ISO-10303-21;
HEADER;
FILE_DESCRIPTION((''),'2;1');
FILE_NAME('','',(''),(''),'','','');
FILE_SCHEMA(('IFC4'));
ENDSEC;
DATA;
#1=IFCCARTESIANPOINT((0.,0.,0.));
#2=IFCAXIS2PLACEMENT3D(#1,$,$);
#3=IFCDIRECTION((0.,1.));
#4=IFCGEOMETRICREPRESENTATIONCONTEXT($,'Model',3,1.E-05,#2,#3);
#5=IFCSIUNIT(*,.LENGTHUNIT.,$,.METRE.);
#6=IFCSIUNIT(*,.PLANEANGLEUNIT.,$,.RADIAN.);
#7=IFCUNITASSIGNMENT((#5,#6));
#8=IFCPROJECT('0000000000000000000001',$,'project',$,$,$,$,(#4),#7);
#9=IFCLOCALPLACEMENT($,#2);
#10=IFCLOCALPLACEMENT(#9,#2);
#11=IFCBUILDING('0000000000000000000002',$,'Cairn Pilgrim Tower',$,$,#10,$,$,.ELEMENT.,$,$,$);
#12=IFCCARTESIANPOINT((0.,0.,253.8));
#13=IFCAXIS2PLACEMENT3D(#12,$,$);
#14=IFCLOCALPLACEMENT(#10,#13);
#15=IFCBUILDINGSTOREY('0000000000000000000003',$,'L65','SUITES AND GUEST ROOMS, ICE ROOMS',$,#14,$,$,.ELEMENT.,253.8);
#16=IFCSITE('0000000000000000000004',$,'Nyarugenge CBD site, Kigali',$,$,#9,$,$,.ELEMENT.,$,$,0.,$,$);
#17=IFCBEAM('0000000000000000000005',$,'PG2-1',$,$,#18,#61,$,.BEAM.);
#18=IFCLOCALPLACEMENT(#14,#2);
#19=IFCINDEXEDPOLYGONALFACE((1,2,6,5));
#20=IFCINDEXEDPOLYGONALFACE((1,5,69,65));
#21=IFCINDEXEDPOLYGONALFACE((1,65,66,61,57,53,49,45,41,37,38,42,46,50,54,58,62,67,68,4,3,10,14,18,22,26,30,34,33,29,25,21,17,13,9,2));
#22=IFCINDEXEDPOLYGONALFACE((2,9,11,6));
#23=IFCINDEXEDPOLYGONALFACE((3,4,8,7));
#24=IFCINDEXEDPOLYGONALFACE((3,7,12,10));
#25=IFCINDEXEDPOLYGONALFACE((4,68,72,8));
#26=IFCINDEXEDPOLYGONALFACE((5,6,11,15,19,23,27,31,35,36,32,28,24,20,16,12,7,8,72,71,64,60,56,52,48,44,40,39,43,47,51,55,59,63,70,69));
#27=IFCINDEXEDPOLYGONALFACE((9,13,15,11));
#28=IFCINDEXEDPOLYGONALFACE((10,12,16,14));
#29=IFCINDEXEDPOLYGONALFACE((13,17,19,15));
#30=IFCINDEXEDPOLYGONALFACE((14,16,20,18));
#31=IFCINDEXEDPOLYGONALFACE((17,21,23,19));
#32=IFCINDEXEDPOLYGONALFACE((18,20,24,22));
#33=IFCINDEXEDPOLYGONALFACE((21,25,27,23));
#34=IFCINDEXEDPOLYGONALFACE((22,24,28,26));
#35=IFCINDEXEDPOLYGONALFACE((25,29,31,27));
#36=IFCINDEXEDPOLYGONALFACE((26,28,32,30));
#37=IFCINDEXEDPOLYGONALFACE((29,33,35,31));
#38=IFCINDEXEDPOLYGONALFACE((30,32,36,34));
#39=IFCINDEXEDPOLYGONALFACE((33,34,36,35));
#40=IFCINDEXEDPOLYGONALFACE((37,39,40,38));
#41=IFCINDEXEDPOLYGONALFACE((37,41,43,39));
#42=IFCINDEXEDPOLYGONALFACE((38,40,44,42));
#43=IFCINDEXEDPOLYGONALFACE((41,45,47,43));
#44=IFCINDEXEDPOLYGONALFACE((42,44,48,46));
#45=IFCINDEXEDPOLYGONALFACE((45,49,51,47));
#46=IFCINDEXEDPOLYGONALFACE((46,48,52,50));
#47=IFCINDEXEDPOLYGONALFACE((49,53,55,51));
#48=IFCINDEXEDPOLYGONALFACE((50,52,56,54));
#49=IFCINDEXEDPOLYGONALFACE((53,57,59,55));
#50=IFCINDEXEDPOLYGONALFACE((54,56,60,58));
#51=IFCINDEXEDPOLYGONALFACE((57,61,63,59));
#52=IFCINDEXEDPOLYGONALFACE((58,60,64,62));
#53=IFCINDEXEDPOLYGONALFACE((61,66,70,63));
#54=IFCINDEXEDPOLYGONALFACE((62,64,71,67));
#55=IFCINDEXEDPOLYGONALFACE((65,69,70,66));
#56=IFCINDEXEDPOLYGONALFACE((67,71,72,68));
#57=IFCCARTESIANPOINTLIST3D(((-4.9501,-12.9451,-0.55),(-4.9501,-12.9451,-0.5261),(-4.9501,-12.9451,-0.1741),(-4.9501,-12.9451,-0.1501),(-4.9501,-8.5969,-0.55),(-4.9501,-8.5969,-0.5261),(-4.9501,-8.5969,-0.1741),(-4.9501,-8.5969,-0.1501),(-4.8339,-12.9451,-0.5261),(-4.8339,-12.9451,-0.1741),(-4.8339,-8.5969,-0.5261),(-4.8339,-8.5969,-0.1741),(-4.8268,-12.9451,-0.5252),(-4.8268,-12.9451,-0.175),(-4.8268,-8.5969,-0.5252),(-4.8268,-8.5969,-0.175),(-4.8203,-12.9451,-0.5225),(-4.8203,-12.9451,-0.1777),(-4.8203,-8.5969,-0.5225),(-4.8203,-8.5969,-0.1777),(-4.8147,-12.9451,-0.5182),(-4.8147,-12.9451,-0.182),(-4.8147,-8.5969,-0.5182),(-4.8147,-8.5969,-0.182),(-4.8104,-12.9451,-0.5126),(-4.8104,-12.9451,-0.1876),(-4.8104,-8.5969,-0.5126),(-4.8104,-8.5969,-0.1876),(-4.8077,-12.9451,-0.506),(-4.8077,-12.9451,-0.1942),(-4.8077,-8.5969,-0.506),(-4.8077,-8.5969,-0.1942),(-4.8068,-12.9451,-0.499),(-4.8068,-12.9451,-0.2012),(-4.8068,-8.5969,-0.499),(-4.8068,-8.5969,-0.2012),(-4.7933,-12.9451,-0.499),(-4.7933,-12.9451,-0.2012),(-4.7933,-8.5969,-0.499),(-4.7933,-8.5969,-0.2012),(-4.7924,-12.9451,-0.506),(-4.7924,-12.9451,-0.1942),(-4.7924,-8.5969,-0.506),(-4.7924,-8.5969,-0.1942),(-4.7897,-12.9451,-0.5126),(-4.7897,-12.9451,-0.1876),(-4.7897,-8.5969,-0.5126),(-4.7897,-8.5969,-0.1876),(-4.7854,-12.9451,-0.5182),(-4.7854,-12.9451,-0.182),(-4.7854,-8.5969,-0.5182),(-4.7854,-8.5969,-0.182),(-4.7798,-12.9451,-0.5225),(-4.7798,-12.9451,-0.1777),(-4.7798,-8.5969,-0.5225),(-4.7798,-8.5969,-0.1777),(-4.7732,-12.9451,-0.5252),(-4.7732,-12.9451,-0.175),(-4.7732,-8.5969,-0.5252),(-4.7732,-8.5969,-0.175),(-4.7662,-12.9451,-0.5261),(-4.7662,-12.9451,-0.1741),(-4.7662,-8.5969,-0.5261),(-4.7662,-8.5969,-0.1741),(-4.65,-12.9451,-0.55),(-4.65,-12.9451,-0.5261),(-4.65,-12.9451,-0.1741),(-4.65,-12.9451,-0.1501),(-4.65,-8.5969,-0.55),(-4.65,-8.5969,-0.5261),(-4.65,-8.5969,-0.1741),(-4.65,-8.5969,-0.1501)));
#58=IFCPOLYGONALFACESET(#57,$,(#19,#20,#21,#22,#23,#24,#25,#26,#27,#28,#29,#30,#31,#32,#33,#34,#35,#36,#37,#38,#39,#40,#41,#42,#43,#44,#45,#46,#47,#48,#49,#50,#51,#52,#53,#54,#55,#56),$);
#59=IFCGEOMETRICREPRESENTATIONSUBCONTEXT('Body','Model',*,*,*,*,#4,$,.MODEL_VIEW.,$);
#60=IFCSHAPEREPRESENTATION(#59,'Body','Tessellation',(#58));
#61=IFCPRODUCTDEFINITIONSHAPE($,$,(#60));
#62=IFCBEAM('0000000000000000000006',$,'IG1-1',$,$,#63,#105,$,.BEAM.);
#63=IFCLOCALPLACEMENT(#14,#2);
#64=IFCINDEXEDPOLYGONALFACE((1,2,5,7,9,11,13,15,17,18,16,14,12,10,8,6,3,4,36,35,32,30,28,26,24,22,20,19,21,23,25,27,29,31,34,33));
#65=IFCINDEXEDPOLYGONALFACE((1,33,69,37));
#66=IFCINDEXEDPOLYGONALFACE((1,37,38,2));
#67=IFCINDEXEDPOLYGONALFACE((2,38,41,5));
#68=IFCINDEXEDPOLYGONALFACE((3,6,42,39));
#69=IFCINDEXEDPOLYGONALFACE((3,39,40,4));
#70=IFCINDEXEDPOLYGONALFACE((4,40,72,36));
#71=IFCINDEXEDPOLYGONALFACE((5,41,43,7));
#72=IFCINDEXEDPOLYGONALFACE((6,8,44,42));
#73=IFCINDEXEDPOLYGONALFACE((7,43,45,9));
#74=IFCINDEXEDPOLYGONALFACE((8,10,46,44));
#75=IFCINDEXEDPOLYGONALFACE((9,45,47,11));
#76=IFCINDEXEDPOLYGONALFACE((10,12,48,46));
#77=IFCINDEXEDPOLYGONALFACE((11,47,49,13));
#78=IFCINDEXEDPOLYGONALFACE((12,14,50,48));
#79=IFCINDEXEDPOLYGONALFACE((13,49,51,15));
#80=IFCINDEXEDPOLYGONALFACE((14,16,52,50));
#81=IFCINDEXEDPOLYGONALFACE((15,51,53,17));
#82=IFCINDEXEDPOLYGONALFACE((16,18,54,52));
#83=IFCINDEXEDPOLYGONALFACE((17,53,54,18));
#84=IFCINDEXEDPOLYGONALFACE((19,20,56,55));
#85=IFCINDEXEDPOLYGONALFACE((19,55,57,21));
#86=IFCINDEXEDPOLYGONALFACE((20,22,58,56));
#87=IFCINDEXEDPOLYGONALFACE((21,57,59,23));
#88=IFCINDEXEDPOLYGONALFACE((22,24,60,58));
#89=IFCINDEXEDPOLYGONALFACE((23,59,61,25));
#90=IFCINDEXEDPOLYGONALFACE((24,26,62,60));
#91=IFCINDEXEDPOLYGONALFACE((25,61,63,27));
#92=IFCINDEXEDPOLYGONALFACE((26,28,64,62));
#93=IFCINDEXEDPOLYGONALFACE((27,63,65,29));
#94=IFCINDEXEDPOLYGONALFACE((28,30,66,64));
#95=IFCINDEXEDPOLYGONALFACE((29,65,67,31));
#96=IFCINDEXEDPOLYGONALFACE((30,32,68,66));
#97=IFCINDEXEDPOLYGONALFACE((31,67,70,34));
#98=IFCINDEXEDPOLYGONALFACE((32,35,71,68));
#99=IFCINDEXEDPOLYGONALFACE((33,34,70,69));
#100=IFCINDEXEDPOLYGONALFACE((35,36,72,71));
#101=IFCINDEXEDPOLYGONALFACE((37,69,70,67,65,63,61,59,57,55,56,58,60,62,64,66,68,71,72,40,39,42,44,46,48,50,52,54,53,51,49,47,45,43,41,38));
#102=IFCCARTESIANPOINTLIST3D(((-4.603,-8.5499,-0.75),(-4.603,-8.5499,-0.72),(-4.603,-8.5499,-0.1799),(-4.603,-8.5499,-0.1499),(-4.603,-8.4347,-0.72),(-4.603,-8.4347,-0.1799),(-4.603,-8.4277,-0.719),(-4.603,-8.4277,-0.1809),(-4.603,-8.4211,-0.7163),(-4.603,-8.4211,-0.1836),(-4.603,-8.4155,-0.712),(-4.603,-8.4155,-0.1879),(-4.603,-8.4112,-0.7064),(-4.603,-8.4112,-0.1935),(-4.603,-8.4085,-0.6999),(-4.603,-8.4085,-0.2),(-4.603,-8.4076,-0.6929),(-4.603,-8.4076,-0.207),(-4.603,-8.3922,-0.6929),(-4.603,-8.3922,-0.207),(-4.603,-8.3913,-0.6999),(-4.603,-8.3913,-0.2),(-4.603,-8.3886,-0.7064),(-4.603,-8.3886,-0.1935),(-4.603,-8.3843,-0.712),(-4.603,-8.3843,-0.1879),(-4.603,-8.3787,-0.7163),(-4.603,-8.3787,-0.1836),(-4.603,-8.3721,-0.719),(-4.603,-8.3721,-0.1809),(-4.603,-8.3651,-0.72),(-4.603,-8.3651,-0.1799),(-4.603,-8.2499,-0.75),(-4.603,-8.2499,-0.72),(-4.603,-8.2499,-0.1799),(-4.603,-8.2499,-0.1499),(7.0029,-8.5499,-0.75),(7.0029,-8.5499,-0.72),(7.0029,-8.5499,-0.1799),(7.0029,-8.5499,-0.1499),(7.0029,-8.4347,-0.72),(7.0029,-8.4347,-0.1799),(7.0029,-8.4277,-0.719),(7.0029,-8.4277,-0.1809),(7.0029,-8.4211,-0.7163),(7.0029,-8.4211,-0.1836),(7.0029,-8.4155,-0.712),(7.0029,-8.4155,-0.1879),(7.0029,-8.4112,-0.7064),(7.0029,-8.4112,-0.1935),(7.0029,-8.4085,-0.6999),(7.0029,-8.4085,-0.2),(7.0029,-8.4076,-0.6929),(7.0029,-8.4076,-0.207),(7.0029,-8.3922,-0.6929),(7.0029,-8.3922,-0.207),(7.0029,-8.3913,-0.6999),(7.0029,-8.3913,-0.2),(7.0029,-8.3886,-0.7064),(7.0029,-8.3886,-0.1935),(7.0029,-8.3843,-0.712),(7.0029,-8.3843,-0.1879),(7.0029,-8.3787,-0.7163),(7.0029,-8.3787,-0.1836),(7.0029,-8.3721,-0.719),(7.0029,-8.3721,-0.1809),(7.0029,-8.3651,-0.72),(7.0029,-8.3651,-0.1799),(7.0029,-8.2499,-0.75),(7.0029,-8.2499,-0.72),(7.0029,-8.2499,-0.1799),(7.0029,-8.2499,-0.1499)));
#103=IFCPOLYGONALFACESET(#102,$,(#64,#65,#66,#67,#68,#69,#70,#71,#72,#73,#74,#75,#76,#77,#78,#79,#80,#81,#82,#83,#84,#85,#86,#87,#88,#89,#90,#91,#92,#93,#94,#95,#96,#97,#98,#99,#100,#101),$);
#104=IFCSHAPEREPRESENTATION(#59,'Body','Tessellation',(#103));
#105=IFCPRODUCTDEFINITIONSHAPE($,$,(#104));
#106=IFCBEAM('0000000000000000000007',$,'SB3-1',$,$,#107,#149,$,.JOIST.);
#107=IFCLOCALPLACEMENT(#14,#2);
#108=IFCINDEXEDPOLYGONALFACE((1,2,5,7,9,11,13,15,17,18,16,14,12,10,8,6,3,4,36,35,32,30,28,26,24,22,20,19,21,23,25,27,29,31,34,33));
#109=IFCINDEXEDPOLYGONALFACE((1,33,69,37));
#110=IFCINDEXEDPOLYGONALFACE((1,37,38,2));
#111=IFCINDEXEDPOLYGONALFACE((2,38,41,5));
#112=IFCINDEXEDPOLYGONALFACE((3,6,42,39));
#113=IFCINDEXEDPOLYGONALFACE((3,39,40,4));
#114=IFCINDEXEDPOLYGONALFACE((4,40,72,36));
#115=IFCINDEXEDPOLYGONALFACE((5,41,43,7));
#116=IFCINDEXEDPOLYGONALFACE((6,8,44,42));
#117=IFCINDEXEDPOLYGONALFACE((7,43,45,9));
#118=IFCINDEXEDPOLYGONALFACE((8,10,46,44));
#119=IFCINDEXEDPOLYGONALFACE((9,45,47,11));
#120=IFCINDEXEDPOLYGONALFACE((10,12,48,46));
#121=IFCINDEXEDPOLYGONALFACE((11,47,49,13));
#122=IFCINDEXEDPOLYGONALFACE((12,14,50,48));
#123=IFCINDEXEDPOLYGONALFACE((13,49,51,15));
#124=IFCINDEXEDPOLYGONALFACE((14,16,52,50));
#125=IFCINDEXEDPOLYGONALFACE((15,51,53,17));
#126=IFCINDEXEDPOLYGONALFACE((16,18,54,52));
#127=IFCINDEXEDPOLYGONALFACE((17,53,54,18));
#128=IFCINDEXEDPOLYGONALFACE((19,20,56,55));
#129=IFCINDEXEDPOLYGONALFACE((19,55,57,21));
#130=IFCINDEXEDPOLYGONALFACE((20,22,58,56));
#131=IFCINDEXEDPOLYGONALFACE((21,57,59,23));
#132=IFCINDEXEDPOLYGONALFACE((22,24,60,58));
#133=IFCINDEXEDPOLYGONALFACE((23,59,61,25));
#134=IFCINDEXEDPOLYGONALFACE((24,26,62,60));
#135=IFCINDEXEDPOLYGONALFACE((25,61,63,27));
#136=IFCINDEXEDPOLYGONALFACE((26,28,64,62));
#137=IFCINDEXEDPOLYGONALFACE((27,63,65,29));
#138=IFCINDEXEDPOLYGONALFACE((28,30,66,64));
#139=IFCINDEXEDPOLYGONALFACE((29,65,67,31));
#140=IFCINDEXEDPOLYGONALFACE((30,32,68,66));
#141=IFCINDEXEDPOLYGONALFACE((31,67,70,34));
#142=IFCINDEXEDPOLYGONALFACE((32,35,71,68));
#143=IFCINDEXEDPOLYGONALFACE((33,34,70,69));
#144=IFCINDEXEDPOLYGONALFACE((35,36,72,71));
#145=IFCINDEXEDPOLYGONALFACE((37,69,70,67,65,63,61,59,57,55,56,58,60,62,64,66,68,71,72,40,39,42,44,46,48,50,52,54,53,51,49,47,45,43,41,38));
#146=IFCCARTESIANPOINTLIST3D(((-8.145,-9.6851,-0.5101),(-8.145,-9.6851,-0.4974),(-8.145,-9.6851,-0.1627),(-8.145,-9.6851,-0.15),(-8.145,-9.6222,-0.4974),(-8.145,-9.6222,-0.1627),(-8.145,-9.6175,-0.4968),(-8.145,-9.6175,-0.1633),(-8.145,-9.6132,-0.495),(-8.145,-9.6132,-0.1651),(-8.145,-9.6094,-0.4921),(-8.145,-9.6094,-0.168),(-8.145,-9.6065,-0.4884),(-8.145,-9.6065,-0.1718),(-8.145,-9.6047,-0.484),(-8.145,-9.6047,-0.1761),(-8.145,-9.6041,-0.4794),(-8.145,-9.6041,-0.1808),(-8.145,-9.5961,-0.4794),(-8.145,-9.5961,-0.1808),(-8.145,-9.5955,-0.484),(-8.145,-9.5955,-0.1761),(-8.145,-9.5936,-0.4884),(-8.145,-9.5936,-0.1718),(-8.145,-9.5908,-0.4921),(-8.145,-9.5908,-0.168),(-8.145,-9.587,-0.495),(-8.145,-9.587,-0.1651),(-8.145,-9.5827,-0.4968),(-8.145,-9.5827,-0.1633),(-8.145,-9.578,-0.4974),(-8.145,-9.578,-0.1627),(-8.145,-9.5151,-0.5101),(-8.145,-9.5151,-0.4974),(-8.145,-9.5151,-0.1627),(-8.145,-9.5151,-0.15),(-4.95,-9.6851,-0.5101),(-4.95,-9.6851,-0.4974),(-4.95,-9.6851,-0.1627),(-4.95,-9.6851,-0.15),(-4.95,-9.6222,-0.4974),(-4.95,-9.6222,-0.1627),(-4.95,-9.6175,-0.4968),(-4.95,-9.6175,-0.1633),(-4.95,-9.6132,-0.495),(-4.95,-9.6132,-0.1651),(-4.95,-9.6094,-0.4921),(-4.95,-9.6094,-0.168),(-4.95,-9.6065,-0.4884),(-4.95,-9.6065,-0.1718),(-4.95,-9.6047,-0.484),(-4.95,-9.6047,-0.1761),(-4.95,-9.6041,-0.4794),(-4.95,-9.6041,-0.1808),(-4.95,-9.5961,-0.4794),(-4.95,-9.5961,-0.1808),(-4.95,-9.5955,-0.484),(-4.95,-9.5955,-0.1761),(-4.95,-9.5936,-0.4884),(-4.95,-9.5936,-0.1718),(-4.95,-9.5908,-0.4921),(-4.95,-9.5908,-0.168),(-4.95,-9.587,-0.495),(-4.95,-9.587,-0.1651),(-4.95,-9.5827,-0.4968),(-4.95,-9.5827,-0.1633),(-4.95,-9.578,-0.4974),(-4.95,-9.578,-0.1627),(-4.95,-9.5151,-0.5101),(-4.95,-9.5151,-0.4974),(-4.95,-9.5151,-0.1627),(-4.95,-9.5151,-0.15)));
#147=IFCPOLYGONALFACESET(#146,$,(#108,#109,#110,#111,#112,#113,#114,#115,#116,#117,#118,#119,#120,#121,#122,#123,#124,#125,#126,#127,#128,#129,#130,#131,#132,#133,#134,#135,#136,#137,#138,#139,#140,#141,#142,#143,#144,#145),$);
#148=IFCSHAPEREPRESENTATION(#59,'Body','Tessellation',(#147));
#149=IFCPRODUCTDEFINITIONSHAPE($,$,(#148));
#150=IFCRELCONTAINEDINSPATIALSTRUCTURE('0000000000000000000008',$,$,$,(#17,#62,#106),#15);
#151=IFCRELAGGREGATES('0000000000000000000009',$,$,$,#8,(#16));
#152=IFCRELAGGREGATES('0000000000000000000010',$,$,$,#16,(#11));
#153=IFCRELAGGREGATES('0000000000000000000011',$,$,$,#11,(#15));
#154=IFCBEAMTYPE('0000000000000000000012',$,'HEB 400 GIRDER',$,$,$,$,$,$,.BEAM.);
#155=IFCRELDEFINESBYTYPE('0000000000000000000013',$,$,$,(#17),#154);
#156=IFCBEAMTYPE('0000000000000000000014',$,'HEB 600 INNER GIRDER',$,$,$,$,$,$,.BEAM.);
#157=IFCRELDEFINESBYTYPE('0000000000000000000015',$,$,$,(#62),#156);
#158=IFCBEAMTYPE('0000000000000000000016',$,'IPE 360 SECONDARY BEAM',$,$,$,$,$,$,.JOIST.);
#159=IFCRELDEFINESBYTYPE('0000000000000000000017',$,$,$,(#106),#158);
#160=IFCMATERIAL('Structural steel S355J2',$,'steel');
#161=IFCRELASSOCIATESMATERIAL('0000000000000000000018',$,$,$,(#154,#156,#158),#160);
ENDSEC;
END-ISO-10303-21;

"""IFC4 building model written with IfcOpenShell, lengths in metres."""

from ifc_helpers import new_model, si_unit, direction, frame, origin, origin_2d, place, context, subcontext, project, spatial, i_section, extrude, material, material_profile, profile_set, type_object, element, save


model = new_model("IFC4")

# Units and contexts
model_context = context("Model", 3, precision=1e-05, world=origin(), true_north=direction((0.0, 1.0)))
body_context = subcontext(model_context, "Body", "Model", "MODEL_VIEW")
ifc_project = project(units=[si_unit("LENGTHUNIT", "METRE"), si_unit("PLANEANGLEUNIT", "RADIAN")], contexts=[model_context])

# Site, building, storey
site_placement = place(None, origin())
site = spatial("IfcSite", under=ifc_project, at=site_placement, Name="Nyarugenge CBD site, Kigali", CompositionType="ELEMENT", RefElevation=0.0)
building_placement = place(site_placement, origin())
building = spatial("IfcBuilding", under=site, at=building_placement, Name="Cairn Pilgrim Tower", CompositionType="ELEMENT")
storey_placement = place(building_placement, frame((0.0, 0.0, 253.8)))
storey = spatial("IfcBuildingStorey", under=building, at=storey_placement, Name="L65", Description="SUITES AND GUEST ROOMS, ICE ROOMS", CompositionType="ELEMENT", Elevation=253.8)

# Shared definitions
ifc_material_1 = material(Name="Structural steel S355J2", Category="steel")

# Beams
ifc_material_profile_1 = material_profile(ifc_material_1, i_section(OverallWidth=0.3, OverallDepth=0.3999, WebThickness=0.0134, FlangeThickness=0.0239, FilletRadius=0.0271, at=origin_2d()), Name="HEB 400")
ifc_profile_set_1 = profile_set([ifc_material_profile_1], Name="Structural steel S355J2")
beam_type_1 = type_object("IfcBeamType", Name="HEB 400 GIRDER", PredefinedType="BEAM", material=ifc_profile_set_1)
beam_1_placement = place(storey_placement, frame((-4.8, -12.9451, -0.3501), z_axis=(0.0, 1.0, 0.0), x_axis=(-1.0, 0.0, 0.0)))
element("IfcBeam", 1, at=beam_1_placement, inside=storey, type_object=beam_type_1, Name="PG2-1", PredefinedType="BEAM", context=body_context, shape_type="SweptSolid", body=[
    extrude(i_section(OverallWidth=0.3, OverallDepth=0.3999, WebThickness=0.0134, FlangeThickness=0.0239, FilletRadius=0.0271, at=origin_2d()), origin(), (0.0, 0.0, 1.0), 4.3481),
])
ifc_material_profile_2 = material_profile(ifc_material_1, i_section(OverallWidth=0.3, OverallDepth=0.6001, WebThickness=0.0154, FlangeThickness=0.03, FilletRadius=0.0271, at=origin_2d()), Name="HEB 600")
ifc_profile_set_2 = profile_set([ifc_material_profile_2], Name="Structural steel S355J2")
beam_type_2 = type_object("IfcBeamType", Name="HEB 600 INNER GIRDER", PredefinedType="BEAM", material=ifc_profile_set_2)
beam_2_placement = place(storey_placement, frame((-4.603, -8.3999, -0.45), z_axis=(1.0, 0.0, 0.0), x_axis=(0.0, 1.0, 0.0)))
element("IfcBeam", 2, at=beam_2_placement, inside=storey, type_object=beam_type_2, Name="IG1-1", PredefinedType="BEAM", context=body_context, shape_type="SweptSolid", body=[
    extrude(i_section(OverallWidth=0.3, OverallDepth=0.6001, WebThickness=0.0154, FlangeThickness=0.03, FilletRadius=0.0271, at=origin_2d()), origin(), (0.0, 0.0, 1.0), 11.606),
])
ifc_material_profile_3 = material_profile(ifc_material_1, i_section(OverallWidth=0.1699, OverallDepth=0.3601, WebThickness=0.0081, FlangeThickness=0.0127, FilletRadius=0.0181, at=origin_2d()), Name="IPE 360")
ifc_profile_set_3 = profile_set([ifc_material_profile_3], Name="Structural steel S355J2")
beam_type_3 = type_object("IfcBeamType", Name="IPE 360 SECONDARY BEAM", PredefinedType="JOIST", material=ifc_profile_set_3)
beam_3_placement = place(storey_placement, frame((-8.145, -9.6001, -0.3301), z_axis=(1.0, 0.0, 0.0), x_axis=(0.0, 1.0, 0.0)))
element("IfcBeam", 3, at=beam_3_placement, inside=storey, type_object=beam_type_3, Name="SB3-1", PredefinedType="JOIST", context=body_context, shape_type="SweptSolid", body=[
    extrude(i_section(OverallWidth=0.1699, OverallDepth=0.3601, WebThickness=0.0081, FlangeThickness=0.0127, FilletRadius=0.0181, at=origin_2d()), origin(), (0.0, 0.0, 1.0), 3.1951),
])

save(model, "model.ifc")
